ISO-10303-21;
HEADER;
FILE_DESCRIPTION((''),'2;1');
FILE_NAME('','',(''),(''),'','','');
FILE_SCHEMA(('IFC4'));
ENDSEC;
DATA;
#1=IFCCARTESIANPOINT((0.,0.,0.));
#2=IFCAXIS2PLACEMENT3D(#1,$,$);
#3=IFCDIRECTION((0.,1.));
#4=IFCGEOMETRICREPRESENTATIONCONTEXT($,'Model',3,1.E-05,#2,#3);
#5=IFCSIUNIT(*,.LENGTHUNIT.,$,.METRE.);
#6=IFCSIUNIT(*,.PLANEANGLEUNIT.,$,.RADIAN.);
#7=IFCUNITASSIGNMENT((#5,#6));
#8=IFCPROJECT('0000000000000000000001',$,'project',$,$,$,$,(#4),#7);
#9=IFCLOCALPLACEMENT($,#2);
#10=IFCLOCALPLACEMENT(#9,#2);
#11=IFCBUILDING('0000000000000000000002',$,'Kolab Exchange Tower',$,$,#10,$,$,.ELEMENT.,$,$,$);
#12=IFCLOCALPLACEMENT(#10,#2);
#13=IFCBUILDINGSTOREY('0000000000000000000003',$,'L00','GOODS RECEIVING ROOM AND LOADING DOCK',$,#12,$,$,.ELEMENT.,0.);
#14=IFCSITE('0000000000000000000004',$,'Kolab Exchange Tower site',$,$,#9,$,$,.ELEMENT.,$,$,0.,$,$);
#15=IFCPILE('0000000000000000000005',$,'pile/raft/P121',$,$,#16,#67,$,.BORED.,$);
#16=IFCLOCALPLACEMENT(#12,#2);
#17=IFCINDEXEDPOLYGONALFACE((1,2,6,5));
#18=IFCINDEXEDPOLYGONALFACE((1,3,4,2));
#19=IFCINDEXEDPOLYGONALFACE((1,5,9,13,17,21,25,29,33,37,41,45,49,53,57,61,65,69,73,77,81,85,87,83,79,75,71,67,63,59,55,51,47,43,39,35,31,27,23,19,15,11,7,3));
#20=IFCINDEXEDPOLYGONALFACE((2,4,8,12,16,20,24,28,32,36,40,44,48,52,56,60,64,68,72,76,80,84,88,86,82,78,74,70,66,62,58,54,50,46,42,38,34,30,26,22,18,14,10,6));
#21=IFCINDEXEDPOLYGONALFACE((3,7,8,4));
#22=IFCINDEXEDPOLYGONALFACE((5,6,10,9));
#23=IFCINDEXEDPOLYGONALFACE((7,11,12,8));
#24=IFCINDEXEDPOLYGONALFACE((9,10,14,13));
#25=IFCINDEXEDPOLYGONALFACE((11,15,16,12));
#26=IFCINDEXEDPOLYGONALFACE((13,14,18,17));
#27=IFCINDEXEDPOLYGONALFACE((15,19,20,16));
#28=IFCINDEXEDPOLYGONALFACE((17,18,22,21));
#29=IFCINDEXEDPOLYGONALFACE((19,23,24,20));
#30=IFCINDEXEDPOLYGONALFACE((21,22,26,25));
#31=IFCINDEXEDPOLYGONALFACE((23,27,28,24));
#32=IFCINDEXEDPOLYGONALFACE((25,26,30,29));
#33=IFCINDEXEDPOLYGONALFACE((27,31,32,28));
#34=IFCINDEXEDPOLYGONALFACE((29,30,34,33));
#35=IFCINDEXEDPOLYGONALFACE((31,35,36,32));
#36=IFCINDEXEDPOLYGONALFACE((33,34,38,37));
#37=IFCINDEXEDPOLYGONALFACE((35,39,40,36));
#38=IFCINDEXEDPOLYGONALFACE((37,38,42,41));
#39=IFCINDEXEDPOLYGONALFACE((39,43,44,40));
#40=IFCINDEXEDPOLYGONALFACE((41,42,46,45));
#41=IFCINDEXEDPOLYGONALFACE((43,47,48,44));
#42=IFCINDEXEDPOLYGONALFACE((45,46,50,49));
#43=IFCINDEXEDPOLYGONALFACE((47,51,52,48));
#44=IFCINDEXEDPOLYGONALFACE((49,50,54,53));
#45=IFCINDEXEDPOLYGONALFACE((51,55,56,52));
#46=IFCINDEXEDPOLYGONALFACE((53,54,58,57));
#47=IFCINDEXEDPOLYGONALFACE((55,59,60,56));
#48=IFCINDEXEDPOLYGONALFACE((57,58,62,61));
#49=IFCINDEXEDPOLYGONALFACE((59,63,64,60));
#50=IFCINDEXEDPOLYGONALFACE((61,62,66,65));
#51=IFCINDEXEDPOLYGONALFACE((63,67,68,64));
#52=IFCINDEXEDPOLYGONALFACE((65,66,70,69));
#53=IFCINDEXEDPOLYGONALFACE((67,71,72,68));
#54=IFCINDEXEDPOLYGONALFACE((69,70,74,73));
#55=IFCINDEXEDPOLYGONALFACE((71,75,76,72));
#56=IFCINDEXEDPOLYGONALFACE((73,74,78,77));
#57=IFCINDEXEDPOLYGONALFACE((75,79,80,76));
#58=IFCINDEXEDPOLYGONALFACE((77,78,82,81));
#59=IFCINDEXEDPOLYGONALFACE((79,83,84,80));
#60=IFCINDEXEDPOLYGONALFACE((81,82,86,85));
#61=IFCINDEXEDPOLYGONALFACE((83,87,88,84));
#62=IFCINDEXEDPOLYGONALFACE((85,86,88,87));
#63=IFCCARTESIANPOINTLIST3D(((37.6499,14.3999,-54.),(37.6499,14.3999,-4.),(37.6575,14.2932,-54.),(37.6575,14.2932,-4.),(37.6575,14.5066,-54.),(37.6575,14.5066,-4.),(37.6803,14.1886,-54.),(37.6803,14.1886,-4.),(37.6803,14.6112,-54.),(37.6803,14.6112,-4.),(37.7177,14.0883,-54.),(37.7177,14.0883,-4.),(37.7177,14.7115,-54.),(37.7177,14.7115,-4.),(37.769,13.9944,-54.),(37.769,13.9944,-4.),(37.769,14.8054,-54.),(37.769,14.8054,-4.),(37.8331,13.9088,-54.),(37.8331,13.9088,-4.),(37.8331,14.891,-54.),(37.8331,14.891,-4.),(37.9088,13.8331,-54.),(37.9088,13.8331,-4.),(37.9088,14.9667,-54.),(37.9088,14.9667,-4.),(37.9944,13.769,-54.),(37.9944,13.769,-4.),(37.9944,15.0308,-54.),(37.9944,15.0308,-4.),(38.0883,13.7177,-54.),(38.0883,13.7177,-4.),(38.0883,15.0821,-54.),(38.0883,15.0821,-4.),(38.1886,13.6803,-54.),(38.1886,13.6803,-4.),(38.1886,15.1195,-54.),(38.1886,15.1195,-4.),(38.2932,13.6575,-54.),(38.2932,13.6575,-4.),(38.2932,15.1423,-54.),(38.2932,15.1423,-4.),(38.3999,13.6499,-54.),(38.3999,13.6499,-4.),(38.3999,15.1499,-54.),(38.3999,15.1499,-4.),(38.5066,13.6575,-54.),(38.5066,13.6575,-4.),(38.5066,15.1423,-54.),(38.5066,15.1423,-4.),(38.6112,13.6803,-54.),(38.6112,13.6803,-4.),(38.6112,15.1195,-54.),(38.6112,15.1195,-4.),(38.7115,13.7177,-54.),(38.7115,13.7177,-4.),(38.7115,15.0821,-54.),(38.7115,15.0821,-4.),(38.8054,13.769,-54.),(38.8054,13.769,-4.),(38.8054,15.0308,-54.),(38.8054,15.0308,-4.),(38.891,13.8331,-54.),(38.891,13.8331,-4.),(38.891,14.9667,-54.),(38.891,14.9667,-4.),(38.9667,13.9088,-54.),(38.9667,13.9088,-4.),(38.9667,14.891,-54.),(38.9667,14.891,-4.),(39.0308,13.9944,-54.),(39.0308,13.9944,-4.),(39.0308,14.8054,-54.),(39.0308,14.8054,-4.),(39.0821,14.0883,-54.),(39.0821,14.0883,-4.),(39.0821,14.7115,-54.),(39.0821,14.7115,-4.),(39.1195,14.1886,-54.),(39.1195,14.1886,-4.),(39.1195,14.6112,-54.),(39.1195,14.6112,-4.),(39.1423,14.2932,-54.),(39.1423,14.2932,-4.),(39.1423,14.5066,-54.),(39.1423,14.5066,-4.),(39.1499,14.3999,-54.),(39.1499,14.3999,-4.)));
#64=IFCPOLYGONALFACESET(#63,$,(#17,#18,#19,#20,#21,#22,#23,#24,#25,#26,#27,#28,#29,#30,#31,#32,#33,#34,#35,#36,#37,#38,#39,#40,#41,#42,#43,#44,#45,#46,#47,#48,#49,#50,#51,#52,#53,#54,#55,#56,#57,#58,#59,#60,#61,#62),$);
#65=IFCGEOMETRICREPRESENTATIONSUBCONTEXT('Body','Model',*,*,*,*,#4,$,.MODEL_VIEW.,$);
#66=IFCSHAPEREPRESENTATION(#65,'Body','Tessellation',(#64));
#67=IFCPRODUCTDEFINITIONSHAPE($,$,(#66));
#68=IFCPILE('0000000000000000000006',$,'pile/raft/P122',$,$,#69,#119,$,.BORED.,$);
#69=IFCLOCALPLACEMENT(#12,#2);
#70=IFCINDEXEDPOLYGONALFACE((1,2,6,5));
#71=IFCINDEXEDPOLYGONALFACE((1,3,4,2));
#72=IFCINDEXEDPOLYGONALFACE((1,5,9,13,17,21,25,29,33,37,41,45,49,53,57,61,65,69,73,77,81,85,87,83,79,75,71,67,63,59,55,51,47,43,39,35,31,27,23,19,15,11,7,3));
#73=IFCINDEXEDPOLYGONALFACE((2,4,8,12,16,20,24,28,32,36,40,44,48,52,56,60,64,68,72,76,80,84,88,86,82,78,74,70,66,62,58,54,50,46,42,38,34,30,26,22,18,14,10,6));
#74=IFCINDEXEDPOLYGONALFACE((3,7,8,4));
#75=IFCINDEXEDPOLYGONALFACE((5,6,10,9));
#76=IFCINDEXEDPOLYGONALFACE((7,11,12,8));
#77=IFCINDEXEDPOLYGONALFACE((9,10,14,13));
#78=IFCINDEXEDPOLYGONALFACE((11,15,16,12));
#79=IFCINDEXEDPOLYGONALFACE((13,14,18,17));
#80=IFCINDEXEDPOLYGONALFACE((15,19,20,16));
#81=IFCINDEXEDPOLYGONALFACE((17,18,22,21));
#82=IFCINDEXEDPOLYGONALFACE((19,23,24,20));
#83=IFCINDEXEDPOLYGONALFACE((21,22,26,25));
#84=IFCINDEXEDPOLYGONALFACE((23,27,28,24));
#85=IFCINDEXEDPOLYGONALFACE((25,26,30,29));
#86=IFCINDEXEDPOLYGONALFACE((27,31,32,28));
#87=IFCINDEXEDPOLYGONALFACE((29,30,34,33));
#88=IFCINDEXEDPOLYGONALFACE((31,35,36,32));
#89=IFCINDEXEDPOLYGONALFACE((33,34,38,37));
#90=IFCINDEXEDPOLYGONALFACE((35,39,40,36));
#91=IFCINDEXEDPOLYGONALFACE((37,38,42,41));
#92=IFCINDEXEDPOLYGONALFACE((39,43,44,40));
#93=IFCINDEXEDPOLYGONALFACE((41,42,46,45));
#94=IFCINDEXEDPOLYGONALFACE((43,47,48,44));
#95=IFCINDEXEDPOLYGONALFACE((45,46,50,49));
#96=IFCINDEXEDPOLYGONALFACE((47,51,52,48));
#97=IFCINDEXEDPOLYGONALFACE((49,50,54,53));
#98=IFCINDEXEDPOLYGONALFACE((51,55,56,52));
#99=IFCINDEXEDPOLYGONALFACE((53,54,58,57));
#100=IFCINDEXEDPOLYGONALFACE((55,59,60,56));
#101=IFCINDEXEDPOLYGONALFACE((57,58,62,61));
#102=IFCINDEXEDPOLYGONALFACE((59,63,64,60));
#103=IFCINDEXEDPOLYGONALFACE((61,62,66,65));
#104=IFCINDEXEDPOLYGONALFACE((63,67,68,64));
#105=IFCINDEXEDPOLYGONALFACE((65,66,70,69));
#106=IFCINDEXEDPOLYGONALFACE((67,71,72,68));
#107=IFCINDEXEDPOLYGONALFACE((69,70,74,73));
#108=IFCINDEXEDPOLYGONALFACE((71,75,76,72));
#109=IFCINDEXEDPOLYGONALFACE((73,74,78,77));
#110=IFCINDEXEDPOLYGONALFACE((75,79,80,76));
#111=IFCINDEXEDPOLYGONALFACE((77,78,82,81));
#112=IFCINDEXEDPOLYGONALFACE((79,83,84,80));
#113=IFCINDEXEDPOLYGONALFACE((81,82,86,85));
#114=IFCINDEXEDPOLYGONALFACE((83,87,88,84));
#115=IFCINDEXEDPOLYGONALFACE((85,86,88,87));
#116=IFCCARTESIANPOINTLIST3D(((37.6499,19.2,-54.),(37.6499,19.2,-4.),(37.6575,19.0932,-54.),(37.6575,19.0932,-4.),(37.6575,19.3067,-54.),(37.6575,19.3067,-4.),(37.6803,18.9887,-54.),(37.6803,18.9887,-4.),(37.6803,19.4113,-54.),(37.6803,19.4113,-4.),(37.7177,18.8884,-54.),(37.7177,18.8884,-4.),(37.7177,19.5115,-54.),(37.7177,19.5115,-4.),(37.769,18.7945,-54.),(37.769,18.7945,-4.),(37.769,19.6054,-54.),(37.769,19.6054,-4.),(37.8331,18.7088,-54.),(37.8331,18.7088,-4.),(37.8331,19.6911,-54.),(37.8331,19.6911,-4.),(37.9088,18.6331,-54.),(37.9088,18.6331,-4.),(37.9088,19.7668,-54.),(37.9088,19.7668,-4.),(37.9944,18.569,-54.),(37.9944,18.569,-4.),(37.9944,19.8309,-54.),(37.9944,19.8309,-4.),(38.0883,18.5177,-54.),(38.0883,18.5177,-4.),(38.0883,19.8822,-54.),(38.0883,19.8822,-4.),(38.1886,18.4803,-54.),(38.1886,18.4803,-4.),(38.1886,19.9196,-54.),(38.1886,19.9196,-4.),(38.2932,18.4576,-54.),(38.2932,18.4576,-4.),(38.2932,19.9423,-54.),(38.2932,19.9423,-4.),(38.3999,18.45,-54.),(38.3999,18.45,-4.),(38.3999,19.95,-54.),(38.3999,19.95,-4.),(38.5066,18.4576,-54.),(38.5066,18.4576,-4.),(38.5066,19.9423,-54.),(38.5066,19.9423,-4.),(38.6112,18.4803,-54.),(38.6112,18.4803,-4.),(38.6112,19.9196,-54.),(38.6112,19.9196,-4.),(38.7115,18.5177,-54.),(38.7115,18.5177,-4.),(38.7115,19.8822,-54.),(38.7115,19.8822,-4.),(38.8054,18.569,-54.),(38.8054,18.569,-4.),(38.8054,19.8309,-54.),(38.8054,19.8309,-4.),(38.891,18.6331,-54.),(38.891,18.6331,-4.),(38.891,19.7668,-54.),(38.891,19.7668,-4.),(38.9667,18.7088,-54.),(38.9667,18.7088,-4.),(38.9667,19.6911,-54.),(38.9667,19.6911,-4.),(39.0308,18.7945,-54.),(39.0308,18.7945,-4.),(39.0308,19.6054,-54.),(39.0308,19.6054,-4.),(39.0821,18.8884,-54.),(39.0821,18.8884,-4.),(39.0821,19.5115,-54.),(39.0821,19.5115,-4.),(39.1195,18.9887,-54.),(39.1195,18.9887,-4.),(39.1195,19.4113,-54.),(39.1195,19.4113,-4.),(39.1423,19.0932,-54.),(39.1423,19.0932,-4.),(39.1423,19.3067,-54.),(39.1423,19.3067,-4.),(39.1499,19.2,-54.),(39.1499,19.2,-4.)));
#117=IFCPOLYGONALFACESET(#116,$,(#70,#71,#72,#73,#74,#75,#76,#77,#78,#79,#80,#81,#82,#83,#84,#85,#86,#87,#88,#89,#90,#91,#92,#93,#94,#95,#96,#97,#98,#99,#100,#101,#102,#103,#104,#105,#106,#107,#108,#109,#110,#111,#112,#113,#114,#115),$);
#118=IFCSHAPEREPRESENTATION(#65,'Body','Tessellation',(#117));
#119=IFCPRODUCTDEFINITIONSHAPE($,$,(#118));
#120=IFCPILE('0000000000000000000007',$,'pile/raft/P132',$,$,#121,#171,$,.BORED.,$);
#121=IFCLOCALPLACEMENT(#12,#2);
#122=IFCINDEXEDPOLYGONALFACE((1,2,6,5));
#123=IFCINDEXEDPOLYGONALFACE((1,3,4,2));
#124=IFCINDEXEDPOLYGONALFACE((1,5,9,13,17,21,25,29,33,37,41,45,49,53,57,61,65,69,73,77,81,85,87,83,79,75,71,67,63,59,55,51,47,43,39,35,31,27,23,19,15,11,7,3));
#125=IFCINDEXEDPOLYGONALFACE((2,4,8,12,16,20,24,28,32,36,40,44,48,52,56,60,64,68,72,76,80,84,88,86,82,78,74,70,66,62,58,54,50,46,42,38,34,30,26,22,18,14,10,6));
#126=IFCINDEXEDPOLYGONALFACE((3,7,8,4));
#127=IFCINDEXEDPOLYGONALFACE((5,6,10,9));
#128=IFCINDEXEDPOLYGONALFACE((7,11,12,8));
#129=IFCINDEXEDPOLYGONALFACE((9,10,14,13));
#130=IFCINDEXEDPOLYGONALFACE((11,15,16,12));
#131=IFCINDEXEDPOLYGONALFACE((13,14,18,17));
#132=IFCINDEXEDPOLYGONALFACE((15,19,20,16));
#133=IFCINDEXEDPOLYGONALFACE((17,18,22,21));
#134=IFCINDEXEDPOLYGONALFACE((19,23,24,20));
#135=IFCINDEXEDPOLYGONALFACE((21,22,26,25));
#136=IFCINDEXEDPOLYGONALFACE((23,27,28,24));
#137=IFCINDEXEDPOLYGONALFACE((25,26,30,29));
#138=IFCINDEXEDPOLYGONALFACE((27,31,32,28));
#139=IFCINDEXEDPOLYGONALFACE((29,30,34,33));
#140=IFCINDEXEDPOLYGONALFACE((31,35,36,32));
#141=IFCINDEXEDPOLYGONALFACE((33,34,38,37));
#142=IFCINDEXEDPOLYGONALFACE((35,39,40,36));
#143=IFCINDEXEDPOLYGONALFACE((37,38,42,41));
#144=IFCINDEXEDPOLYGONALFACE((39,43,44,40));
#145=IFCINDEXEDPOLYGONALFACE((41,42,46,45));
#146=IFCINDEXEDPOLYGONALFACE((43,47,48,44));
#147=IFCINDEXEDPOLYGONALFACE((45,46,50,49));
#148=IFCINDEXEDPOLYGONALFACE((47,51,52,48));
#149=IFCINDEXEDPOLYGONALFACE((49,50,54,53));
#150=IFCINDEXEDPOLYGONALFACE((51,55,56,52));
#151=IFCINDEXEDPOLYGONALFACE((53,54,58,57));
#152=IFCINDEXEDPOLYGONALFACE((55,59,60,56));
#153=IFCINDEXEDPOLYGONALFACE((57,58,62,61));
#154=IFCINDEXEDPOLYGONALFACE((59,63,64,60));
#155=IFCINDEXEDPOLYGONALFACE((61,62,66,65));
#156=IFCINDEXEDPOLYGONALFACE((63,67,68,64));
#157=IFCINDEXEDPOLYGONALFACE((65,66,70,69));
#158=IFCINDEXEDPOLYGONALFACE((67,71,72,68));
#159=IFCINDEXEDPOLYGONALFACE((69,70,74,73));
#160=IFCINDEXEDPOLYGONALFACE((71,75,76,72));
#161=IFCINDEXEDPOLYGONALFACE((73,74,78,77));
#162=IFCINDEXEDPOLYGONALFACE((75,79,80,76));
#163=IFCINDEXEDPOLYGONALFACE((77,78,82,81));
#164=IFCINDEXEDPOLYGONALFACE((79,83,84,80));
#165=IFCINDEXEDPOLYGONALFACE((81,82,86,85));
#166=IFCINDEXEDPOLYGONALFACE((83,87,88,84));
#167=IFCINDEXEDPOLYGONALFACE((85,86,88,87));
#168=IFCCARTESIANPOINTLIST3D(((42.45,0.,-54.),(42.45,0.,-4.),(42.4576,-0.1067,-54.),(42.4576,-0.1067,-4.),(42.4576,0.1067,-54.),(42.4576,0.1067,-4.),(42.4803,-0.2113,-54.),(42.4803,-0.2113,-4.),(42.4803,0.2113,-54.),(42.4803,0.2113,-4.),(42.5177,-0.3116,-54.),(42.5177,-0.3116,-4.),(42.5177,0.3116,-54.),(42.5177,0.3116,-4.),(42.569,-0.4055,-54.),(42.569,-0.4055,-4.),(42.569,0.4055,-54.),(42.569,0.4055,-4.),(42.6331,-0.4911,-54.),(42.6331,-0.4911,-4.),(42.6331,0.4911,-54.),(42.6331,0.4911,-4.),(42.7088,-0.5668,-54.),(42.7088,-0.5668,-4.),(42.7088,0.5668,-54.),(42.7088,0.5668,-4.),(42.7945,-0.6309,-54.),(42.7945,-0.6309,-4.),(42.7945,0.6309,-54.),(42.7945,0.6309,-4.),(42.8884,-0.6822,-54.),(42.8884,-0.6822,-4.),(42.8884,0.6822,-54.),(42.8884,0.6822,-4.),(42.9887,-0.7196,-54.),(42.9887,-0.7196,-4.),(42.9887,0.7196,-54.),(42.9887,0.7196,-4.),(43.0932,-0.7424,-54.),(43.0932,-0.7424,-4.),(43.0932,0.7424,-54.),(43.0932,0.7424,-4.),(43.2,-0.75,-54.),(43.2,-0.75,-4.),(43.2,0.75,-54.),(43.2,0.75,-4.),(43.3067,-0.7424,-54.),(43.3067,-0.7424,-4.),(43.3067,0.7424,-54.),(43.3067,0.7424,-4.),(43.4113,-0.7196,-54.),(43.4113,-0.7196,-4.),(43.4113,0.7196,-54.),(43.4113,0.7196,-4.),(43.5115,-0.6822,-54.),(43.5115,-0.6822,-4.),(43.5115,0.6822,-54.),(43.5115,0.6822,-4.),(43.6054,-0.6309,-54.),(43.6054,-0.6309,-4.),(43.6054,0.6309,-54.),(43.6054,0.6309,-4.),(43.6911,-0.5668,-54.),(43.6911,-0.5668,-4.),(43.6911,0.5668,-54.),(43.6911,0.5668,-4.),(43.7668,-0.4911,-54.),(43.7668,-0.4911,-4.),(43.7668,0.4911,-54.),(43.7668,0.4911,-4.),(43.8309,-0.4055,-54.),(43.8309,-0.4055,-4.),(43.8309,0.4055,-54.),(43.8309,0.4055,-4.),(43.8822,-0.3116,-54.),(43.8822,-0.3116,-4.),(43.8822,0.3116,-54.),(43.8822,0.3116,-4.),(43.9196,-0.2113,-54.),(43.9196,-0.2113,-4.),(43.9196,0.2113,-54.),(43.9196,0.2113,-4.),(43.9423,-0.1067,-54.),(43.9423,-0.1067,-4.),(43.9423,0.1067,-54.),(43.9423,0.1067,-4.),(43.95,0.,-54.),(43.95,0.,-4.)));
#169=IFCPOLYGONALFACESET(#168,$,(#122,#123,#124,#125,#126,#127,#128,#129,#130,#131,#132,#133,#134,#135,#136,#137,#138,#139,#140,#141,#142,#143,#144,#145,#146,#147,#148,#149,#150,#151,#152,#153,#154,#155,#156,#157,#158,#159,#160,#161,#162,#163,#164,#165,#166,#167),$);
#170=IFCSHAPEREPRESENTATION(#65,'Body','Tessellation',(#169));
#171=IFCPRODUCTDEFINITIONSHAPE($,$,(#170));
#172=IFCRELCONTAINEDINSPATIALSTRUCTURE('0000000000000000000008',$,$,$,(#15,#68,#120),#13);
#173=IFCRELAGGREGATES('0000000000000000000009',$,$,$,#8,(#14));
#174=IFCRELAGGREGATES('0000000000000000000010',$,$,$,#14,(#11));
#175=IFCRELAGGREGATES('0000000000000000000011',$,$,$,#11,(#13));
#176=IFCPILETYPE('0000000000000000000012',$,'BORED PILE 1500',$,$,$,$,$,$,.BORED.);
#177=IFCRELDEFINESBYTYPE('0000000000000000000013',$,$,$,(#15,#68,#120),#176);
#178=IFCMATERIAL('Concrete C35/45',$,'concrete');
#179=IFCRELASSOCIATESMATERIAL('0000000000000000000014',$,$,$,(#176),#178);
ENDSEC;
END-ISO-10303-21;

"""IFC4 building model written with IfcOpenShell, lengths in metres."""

from ifc_helpers import new_model, si_unit, direction, frame, origin, origin_2d, place, context, subcontext, project, spatial, circle, extrude, material, material_profile, profile_set, type_object, element, save


model = new_model("IFC4")

# Units and contexts
model_context = context("Model", 3, precision=1e-05, world=origin(), true_north=direction((0.0, 1.0)))
body_context = subcontext(model_context, "Body", "Model", "MODEL_VIEW")
ifc_project = project(units=[si_unit("LENGTHUNIT", "METRE"), si_unit("PLANEANGLEUNIT", "RADIAN")], contexts=[model_context])

# Site, building, storey
site_placement = place(None, origin())
site = spatial("IfcSite", under=ifc_project, at=site_placement, Name="Kolab Exchange Tower site", CompositionType="ELEMENT", RefElevation=0.0)
building_placement = place(site_placement, origin())
building = spatial("IfcBuilding", under=site, at=building_placement, Name="Kolab Exchange Tower", CompositionType="ELEMENT")
storey_placement = place(building_placement, origin())
storey = spatial("IfcBuildingStorey", under=building, at=storey_placement, Name="L00", Description="GOODS RECEIVING ROOM AND LOADING DOCK", CompositionType="ELEMENT", Elevation=0.0)

# Piles
ifc_material_1 = material(Name="Concrete C35/45", Category="concrete")
ifc_material_profile_1 = material_profile(ifc_material_1, circle(Radius=0.75, at=origin_2d()), Name="BP1500")
ifc_profile_set_1 = profile_set([ifc_material_profile_1], Name="Concrete C35/45")
pile_type_1 = type_object("IfcPileType", Name="BORED PILE 1500", PredefinedType="BORED", material=ifc_profile_set_1)
for number, where, z_axis, x_axis, name in (
    (1, (38.3999, 14.3999, -4.0), (0.0, 0.0, -1.0), (1.0, 0.0, 0.0), "pile/raft/P121"),
    (2, (38.3999, 19.2, -4.0), (0.0, 0.0, -1.0), (1.0, 0.0, 0.0), "pile/raft/P122"),
    (3, (43.2, 0.0, -4.0), (0.0, 0.0, -1.0), (1.0, 0.0, 0.0), "pile/raft/P132"),
):
    element("IfcPile", number, at=place(storey_placement, frame(where, z_axis=z_axis, x_axis=x_axis)), inside=storey, type_object=pile_type_1, Name=name, PredefinedType="BORED", context=body_context, shape_type="SweptSolid", body=[
        extrude(circle(Radius=0.75, at=origin_2d()), origin(), (0.0, 0.0, 1.0), 50.0),
    ])

save(model, "model.ifc")
